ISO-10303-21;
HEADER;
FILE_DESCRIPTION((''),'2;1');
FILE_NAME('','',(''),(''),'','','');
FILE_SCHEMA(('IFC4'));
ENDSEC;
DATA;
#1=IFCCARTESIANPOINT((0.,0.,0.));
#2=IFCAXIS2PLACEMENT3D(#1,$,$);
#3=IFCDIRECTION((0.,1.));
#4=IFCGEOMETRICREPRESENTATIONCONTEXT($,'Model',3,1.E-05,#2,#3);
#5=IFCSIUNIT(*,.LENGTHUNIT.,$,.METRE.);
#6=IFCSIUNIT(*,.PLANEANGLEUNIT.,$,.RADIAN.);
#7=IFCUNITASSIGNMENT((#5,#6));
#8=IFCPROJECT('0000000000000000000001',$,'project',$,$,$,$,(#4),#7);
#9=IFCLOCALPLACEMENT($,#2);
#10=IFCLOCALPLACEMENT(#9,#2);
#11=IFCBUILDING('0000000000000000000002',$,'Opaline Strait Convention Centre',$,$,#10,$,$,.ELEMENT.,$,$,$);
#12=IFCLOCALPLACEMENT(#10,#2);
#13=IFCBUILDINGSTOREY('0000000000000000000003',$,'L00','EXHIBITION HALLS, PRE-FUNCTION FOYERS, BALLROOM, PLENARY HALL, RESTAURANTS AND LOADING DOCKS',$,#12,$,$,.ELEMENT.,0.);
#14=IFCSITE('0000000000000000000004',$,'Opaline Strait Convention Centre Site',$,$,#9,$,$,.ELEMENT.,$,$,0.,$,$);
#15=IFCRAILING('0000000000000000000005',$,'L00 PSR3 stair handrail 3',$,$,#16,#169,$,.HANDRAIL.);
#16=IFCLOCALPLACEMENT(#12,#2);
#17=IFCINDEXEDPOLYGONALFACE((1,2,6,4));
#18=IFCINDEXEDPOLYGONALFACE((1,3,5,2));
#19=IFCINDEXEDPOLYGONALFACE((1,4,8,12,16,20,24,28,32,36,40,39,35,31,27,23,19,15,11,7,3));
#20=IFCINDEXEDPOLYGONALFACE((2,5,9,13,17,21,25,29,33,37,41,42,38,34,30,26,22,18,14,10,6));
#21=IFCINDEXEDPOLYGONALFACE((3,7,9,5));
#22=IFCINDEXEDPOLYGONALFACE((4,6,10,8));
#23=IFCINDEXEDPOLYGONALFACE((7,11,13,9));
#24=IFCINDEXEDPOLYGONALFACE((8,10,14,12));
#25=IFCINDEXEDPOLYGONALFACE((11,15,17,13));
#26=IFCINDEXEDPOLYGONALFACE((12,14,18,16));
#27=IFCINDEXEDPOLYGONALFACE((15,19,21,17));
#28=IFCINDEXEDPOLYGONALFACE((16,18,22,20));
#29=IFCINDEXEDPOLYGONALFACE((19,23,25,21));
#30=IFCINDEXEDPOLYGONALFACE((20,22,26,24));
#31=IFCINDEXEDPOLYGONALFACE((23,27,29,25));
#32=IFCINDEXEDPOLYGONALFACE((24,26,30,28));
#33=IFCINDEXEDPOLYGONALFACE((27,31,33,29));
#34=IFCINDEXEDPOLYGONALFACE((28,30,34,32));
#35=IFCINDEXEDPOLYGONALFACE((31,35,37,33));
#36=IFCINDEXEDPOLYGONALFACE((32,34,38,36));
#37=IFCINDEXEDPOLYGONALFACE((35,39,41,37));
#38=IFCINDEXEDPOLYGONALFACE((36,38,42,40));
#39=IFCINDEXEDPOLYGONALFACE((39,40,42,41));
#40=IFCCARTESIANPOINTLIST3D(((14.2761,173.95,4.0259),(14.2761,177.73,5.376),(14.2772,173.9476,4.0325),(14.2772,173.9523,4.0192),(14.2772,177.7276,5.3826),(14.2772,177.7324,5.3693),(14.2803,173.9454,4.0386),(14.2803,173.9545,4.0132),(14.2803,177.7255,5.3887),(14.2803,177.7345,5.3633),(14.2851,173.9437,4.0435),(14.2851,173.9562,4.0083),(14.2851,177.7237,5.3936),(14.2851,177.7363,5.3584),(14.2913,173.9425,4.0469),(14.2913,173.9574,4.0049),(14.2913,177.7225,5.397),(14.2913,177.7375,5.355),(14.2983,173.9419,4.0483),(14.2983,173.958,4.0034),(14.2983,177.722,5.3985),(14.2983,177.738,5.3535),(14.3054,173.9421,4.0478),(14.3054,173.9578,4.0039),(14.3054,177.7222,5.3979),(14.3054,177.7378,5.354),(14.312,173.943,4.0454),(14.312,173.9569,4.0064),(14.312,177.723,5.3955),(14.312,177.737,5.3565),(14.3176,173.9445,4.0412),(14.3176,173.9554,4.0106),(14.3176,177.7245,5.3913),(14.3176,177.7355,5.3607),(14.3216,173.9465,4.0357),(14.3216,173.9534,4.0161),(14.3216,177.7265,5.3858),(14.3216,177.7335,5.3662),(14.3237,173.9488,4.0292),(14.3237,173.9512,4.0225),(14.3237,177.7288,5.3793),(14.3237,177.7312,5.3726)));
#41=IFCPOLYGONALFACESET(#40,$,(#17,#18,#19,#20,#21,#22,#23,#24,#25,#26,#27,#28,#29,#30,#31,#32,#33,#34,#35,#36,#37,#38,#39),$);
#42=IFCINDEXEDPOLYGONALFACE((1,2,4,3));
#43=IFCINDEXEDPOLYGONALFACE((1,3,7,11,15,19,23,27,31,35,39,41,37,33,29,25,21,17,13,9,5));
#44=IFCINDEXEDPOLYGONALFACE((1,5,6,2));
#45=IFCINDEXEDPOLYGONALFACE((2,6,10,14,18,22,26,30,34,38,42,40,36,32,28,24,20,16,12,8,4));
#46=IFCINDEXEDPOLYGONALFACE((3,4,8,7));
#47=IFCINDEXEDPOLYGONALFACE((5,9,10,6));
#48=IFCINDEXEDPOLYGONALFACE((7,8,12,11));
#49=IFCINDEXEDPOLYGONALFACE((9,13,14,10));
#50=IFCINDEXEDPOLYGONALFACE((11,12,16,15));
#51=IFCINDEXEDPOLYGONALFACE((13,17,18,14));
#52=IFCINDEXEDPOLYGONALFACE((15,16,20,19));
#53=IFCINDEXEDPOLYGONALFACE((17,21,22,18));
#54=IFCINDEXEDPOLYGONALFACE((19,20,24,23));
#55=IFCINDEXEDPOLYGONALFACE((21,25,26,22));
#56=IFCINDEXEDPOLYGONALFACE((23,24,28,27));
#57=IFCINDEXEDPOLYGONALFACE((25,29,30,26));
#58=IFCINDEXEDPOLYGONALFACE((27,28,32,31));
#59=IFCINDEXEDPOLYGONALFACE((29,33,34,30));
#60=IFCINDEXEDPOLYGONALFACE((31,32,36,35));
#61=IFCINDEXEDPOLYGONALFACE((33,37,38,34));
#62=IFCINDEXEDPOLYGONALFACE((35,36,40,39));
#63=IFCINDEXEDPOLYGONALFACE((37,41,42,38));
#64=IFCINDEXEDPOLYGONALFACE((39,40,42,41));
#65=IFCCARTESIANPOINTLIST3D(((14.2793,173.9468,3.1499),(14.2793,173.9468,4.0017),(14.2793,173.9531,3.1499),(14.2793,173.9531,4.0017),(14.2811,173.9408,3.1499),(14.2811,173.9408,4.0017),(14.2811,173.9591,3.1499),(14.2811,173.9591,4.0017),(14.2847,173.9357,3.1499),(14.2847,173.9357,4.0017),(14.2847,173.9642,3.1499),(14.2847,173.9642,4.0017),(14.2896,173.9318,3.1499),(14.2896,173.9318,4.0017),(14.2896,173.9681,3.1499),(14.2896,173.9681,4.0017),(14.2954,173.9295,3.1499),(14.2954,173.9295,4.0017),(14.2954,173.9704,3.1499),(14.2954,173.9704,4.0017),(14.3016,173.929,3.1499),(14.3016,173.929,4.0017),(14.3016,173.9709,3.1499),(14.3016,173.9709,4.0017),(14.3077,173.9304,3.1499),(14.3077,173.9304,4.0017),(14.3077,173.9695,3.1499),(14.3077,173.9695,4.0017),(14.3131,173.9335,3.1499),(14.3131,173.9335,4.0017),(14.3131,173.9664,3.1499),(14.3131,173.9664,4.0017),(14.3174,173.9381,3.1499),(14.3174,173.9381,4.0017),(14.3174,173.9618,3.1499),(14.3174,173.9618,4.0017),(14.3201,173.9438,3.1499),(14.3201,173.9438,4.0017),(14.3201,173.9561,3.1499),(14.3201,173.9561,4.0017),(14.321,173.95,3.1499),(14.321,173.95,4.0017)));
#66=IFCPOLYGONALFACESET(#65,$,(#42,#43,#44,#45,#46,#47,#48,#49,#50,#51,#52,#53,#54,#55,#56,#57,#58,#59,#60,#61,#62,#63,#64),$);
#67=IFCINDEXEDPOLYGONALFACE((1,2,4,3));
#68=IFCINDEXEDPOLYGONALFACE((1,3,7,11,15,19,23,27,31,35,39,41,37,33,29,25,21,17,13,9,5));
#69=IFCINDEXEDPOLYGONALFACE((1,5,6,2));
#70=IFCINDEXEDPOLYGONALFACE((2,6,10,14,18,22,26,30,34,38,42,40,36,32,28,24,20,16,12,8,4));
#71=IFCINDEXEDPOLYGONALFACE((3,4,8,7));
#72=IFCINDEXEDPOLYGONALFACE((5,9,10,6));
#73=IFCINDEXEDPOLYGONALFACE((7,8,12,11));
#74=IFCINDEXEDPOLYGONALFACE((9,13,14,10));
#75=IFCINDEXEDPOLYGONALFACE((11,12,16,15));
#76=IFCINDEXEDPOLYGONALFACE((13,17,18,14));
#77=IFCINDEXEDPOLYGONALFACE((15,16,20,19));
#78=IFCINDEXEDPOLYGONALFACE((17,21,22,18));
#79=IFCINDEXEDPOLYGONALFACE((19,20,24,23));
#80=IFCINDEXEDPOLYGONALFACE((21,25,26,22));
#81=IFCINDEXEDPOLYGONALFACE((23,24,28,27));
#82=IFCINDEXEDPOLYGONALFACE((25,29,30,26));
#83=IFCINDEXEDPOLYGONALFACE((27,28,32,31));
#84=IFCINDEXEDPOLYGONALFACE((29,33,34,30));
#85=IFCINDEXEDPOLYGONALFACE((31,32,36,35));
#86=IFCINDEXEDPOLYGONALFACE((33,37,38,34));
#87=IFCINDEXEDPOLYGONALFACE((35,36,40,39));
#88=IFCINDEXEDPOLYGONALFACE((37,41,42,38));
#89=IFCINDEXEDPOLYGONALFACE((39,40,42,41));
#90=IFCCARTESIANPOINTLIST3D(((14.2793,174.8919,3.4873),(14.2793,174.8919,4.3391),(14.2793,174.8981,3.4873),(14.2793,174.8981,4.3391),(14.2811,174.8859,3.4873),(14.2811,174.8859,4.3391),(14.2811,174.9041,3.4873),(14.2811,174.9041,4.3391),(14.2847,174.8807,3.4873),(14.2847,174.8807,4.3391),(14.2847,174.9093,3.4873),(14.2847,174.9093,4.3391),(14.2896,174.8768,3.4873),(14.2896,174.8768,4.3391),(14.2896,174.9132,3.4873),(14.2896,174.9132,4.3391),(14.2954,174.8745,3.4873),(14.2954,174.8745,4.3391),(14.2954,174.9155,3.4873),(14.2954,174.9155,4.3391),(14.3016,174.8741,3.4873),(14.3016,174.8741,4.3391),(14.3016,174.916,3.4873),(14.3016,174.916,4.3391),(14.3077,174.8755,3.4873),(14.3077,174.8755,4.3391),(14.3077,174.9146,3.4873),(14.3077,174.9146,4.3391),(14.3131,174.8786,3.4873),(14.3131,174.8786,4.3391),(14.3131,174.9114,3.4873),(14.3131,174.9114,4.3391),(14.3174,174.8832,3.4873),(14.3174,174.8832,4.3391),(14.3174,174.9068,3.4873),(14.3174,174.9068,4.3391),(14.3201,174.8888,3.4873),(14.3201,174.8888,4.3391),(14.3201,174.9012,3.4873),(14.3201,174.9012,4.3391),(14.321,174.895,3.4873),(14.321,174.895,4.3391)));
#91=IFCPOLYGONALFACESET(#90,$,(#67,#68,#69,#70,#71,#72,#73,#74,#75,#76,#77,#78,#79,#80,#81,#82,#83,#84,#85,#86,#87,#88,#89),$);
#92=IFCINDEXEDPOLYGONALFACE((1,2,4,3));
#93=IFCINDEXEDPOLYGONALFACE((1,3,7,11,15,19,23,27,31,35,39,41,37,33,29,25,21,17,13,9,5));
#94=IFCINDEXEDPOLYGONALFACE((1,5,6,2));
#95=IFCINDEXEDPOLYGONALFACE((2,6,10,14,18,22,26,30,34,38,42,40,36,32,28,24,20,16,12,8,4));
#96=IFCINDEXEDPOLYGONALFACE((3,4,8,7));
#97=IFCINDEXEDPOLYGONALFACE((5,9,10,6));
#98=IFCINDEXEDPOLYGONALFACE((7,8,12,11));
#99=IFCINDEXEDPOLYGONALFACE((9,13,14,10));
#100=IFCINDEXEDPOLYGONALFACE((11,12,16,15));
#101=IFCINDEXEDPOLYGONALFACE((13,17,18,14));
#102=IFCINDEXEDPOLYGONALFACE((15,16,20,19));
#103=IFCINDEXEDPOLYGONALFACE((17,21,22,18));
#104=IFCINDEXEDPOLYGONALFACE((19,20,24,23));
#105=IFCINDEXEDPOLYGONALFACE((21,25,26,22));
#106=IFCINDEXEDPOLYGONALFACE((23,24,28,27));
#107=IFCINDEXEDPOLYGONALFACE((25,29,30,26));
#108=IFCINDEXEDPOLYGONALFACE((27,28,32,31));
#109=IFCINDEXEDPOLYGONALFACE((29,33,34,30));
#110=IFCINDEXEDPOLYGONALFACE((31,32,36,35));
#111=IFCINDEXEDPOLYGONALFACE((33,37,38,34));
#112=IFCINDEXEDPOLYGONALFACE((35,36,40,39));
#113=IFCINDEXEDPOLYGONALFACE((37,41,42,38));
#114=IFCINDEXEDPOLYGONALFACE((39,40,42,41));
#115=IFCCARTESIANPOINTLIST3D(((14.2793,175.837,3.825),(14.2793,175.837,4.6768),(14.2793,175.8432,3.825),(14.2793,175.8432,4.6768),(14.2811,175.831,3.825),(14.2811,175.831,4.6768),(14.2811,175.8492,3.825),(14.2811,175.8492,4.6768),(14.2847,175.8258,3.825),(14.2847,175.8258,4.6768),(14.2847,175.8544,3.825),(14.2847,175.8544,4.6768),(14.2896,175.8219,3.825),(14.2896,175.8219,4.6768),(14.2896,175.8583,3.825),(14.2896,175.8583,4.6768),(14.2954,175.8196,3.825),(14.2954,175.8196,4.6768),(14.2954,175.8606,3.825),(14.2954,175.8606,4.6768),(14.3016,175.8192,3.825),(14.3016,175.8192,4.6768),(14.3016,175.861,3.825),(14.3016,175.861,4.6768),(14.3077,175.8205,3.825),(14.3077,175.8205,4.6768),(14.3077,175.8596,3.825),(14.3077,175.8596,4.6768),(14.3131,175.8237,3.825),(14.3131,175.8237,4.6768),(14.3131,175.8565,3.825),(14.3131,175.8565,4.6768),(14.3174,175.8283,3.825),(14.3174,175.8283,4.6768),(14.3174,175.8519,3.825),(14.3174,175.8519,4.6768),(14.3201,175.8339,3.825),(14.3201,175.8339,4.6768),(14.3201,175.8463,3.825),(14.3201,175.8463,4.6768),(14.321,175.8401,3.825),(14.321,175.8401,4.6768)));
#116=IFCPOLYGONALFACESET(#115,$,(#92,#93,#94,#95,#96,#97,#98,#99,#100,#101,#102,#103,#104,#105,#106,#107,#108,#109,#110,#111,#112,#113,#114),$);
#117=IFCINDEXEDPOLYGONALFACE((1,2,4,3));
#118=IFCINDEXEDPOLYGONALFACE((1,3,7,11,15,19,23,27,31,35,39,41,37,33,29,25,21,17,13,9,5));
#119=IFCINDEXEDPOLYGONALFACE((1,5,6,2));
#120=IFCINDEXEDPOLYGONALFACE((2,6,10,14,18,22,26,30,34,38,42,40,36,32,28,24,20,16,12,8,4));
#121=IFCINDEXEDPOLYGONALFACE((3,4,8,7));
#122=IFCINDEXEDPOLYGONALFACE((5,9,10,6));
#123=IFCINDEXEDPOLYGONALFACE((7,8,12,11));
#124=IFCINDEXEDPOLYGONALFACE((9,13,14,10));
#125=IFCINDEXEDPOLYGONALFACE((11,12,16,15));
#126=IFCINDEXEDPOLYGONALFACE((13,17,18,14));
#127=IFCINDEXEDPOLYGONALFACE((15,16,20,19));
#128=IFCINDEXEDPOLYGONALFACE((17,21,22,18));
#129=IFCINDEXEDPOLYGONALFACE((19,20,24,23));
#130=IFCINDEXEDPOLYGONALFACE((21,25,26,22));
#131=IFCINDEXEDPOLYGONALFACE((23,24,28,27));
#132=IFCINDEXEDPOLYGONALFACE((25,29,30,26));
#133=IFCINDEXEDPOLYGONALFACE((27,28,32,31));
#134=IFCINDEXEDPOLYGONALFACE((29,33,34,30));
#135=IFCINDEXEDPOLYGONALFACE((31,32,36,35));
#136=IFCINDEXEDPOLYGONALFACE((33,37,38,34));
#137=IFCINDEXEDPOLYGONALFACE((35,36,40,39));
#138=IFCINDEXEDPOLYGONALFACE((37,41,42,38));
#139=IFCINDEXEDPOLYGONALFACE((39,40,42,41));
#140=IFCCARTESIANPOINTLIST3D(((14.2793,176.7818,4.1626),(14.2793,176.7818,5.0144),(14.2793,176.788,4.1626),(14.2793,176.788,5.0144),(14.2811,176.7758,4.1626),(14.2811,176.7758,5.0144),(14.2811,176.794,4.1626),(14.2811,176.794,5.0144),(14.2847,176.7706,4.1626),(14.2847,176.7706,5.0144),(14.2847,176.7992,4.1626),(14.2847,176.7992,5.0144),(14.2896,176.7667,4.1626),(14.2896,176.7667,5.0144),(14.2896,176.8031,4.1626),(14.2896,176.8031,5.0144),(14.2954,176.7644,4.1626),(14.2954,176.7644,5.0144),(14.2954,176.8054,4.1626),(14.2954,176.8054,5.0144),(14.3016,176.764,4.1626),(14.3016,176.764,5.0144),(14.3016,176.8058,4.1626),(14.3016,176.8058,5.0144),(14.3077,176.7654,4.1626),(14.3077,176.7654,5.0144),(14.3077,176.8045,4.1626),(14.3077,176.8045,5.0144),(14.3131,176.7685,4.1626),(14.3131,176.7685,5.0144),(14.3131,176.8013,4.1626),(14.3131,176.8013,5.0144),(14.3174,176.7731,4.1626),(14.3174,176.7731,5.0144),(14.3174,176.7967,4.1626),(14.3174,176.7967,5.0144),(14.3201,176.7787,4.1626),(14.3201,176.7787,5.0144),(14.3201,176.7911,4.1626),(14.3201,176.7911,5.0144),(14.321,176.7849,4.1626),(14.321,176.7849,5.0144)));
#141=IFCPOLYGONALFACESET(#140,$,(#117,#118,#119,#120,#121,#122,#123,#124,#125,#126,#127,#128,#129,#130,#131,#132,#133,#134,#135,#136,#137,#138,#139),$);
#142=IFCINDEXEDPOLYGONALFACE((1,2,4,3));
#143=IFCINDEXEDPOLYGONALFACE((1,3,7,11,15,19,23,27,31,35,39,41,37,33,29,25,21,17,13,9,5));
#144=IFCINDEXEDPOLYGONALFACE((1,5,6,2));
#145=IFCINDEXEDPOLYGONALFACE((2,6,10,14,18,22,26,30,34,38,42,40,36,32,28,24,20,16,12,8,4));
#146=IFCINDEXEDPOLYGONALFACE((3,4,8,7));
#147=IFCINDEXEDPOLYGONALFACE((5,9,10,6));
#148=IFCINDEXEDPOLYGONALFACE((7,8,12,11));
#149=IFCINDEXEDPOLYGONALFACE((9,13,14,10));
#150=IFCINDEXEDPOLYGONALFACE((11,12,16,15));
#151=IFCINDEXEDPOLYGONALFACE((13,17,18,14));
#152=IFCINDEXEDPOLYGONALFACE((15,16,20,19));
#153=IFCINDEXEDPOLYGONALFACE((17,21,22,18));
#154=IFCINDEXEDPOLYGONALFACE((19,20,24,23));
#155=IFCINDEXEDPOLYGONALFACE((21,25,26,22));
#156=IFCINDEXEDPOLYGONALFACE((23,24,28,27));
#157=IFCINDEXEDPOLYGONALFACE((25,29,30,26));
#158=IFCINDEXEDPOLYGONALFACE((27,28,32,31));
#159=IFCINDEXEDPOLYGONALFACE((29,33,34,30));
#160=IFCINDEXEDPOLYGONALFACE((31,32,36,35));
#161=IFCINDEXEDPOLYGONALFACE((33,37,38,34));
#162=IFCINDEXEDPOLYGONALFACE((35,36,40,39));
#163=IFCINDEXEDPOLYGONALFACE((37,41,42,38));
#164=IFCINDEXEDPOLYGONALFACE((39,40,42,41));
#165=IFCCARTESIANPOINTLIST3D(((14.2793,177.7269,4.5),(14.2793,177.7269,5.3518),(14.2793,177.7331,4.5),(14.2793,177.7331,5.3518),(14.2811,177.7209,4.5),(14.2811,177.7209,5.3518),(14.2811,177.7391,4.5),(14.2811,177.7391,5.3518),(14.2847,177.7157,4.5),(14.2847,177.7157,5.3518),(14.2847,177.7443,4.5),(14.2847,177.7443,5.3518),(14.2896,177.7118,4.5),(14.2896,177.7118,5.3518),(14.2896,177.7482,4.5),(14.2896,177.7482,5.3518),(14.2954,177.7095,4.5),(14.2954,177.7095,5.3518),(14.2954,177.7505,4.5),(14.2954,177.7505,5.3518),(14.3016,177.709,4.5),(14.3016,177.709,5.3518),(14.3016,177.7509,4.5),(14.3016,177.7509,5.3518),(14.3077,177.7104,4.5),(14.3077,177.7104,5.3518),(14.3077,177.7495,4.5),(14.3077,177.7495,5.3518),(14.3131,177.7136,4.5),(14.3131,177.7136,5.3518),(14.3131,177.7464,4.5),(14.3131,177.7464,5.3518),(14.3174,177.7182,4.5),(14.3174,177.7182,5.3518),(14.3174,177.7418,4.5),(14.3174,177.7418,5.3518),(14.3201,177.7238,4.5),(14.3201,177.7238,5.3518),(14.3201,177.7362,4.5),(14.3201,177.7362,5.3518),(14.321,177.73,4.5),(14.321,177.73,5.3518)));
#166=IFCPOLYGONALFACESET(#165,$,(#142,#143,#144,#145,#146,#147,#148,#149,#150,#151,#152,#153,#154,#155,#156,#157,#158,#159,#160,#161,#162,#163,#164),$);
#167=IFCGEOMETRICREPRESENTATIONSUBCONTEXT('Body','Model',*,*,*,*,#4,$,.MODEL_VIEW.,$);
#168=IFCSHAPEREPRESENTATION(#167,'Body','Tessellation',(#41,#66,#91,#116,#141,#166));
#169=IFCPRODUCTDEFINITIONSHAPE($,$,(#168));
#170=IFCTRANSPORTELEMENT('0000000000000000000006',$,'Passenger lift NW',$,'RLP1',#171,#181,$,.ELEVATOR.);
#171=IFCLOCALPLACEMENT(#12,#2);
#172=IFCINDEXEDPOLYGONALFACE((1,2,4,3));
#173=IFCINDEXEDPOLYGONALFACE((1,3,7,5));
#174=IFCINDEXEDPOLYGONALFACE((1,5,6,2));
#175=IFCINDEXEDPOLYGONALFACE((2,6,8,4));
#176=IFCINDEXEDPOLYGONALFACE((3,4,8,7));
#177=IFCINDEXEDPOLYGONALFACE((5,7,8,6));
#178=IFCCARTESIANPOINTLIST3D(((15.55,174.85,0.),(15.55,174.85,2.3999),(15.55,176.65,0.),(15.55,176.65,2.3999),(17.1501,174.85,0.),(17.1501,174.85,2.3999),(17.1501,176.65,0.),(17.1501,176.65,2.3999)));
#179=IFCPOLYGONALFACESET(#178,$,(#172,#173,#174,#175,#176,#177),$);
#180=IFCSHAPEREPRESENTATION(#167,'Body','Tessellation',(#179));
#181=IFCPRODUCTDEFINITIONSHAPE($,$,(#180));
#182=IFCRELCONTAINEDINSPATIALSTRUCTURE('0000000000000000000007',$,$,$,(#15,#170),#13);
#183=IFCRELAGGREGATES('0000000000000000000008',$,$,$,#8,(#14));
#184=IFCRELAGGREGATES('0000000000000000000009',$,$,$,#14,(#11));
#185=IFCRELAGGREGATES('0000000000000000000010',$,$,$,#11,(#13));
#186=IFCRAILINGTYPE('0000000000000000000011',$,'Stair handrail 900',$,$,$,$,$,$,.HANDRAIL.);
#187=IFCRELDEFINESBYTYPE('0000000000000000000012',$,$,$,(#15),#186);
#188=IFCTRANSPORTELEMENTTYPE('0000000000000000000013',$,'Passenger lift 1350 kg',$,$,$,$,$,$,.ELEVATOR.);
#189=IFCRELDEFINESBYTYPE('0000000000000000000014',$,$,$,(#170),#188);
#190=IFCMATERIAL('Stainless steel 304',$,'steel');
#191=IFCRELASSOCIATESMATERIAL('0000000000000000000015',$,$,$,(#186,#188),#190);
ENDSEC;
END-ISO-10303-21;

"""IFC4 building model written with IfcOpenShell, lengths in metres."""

from ifc_helpers import new_model, si_unit, direction, frame, origin, origin_2d, place, context, subcontext, project, spatial, rectangle, circle, extrude, material, type_object, element, save


model = new_model("IFC4")

# Units and contexts
model_context = context("Model", 3, precision=1e-05, world=origin(), true_north=direction((0.0, 1.0)))
body_context = subcontext(model_context, "Body", "Model", "MODEL_VIEW")
ifc_project = project(units=[si_unit("LENGTHUNIT", "METRE"), si_unit("PLANEANGLEUNIT", "RADIAN")], contexts=[model_context])

# Site, building, storey
site_placement = place(None, origin())
site = spatial("IfcSite", under=ifc_project, at=site_placement, Name="Opaline Strait Convention Centre Site", CompositionType="ELEMENT", RefElevation=0.0)
building_placement = place(site_placement, origin())
building = spatial("IfcBuilding", under=site, at=building_placement, Name="Opaline Strait Convention Centre", CompositionType="ELEMENT")
storey_placement = place(building_placement, origin())
storey = spatial("IfcBuildingStorey", under=building, at=storey_placement, Name="L00", Description="EXHIBITION HALLS, PRE-FUNCTION FOYERS, BALLROOM, PLENARY HALL, RESTAURANTS AND LOADING DOCKS", CompositionType="ELEMENT", Elevation=0.0)

# Shared definitions
ifc_material_1 = material(Name="Stainless steel 304", Category="steel")

# Railing
railing_type_1 = type_object("IfcRailingType", Name="Stair handrail 900", PredefinedType="HANDRAIL", material=ifc_material_1)
for number, where, name in (
    (1, (14.3, 173.95, 3.1499), "L00 PSR3 stair handrail 3"),
):
    element("IfcRailing", number, at=place(storey_placement, frame(where)), inside=storey, type_object=railing_type_1, Name=name, PredefinedType="HANDRAIL", context=body_context, shape_type="SweptSolid", body=[
        extrude(circle(Radius=0.0239, at=origin_2d()), frame((0.0, 0.0, 0.876), z_axis=(0.0, 0.941735, 0.336356), x_axis=(-1.0, 0.0, 0.0)), (0.0, 0.0, 1.0), 4.0139),
        extrude(circle(Radius=0.021, at=origin_2d()), origin(), (0.0, 0.0, 1.0), 0.8518),
        extrude(circle(Radius=0.021, at=origin_2d()), frame((0.0, 0.9451, 0.3374)), (0.0, 0.0, 1.0), 0.8518),
        extrude(circle(Radius=0.021, at=origin_2d()), frame((0.0, 1.8901, 0.675)), (0.0, 0.0, 1.0), 0.8518),
        extrude(circle(Radius=0.021, at=origin_2d()), frame((0.0, 2.835, 1.0127)), (0.0, 0.0, 1.0), 0.8518),
        extrude(circle(Radius=0.021, at=origin_2d()), frame((0.0, 3.78, 1.3501)), (0.0, 0.0, 1.0), 0.8518),
    ])

# Transport element
transport_element_type = type_object("IfcTransportElementType", Name="Passenger lift 1350 kg", PredefinedType="ELEVATOR", material=ifc_material_1)
transport_element_placement = place(storey_placement, frame((16.3501, 175.75, 0.0), z_axis=(0.0, 0.0, 1.0), x_axis=(1.0, 0.0, 0.0)))
element("IfcTransportElement", 2, at=transport_element_placement, inside=storey, type_object=transport_element_type, Name="Passenger lift NW", ObjectType="RLP1", PredefinedType="ELEVATOR", context=body_context, shape_type="SweptSolid", body=[
    extrude(rectangle(XDim=1.6001, YDim=1.8, at=origin_2d()), origin(), (0.0, 0.0, 1.0), 2.3999),
])

save(model, "model.ifc")
